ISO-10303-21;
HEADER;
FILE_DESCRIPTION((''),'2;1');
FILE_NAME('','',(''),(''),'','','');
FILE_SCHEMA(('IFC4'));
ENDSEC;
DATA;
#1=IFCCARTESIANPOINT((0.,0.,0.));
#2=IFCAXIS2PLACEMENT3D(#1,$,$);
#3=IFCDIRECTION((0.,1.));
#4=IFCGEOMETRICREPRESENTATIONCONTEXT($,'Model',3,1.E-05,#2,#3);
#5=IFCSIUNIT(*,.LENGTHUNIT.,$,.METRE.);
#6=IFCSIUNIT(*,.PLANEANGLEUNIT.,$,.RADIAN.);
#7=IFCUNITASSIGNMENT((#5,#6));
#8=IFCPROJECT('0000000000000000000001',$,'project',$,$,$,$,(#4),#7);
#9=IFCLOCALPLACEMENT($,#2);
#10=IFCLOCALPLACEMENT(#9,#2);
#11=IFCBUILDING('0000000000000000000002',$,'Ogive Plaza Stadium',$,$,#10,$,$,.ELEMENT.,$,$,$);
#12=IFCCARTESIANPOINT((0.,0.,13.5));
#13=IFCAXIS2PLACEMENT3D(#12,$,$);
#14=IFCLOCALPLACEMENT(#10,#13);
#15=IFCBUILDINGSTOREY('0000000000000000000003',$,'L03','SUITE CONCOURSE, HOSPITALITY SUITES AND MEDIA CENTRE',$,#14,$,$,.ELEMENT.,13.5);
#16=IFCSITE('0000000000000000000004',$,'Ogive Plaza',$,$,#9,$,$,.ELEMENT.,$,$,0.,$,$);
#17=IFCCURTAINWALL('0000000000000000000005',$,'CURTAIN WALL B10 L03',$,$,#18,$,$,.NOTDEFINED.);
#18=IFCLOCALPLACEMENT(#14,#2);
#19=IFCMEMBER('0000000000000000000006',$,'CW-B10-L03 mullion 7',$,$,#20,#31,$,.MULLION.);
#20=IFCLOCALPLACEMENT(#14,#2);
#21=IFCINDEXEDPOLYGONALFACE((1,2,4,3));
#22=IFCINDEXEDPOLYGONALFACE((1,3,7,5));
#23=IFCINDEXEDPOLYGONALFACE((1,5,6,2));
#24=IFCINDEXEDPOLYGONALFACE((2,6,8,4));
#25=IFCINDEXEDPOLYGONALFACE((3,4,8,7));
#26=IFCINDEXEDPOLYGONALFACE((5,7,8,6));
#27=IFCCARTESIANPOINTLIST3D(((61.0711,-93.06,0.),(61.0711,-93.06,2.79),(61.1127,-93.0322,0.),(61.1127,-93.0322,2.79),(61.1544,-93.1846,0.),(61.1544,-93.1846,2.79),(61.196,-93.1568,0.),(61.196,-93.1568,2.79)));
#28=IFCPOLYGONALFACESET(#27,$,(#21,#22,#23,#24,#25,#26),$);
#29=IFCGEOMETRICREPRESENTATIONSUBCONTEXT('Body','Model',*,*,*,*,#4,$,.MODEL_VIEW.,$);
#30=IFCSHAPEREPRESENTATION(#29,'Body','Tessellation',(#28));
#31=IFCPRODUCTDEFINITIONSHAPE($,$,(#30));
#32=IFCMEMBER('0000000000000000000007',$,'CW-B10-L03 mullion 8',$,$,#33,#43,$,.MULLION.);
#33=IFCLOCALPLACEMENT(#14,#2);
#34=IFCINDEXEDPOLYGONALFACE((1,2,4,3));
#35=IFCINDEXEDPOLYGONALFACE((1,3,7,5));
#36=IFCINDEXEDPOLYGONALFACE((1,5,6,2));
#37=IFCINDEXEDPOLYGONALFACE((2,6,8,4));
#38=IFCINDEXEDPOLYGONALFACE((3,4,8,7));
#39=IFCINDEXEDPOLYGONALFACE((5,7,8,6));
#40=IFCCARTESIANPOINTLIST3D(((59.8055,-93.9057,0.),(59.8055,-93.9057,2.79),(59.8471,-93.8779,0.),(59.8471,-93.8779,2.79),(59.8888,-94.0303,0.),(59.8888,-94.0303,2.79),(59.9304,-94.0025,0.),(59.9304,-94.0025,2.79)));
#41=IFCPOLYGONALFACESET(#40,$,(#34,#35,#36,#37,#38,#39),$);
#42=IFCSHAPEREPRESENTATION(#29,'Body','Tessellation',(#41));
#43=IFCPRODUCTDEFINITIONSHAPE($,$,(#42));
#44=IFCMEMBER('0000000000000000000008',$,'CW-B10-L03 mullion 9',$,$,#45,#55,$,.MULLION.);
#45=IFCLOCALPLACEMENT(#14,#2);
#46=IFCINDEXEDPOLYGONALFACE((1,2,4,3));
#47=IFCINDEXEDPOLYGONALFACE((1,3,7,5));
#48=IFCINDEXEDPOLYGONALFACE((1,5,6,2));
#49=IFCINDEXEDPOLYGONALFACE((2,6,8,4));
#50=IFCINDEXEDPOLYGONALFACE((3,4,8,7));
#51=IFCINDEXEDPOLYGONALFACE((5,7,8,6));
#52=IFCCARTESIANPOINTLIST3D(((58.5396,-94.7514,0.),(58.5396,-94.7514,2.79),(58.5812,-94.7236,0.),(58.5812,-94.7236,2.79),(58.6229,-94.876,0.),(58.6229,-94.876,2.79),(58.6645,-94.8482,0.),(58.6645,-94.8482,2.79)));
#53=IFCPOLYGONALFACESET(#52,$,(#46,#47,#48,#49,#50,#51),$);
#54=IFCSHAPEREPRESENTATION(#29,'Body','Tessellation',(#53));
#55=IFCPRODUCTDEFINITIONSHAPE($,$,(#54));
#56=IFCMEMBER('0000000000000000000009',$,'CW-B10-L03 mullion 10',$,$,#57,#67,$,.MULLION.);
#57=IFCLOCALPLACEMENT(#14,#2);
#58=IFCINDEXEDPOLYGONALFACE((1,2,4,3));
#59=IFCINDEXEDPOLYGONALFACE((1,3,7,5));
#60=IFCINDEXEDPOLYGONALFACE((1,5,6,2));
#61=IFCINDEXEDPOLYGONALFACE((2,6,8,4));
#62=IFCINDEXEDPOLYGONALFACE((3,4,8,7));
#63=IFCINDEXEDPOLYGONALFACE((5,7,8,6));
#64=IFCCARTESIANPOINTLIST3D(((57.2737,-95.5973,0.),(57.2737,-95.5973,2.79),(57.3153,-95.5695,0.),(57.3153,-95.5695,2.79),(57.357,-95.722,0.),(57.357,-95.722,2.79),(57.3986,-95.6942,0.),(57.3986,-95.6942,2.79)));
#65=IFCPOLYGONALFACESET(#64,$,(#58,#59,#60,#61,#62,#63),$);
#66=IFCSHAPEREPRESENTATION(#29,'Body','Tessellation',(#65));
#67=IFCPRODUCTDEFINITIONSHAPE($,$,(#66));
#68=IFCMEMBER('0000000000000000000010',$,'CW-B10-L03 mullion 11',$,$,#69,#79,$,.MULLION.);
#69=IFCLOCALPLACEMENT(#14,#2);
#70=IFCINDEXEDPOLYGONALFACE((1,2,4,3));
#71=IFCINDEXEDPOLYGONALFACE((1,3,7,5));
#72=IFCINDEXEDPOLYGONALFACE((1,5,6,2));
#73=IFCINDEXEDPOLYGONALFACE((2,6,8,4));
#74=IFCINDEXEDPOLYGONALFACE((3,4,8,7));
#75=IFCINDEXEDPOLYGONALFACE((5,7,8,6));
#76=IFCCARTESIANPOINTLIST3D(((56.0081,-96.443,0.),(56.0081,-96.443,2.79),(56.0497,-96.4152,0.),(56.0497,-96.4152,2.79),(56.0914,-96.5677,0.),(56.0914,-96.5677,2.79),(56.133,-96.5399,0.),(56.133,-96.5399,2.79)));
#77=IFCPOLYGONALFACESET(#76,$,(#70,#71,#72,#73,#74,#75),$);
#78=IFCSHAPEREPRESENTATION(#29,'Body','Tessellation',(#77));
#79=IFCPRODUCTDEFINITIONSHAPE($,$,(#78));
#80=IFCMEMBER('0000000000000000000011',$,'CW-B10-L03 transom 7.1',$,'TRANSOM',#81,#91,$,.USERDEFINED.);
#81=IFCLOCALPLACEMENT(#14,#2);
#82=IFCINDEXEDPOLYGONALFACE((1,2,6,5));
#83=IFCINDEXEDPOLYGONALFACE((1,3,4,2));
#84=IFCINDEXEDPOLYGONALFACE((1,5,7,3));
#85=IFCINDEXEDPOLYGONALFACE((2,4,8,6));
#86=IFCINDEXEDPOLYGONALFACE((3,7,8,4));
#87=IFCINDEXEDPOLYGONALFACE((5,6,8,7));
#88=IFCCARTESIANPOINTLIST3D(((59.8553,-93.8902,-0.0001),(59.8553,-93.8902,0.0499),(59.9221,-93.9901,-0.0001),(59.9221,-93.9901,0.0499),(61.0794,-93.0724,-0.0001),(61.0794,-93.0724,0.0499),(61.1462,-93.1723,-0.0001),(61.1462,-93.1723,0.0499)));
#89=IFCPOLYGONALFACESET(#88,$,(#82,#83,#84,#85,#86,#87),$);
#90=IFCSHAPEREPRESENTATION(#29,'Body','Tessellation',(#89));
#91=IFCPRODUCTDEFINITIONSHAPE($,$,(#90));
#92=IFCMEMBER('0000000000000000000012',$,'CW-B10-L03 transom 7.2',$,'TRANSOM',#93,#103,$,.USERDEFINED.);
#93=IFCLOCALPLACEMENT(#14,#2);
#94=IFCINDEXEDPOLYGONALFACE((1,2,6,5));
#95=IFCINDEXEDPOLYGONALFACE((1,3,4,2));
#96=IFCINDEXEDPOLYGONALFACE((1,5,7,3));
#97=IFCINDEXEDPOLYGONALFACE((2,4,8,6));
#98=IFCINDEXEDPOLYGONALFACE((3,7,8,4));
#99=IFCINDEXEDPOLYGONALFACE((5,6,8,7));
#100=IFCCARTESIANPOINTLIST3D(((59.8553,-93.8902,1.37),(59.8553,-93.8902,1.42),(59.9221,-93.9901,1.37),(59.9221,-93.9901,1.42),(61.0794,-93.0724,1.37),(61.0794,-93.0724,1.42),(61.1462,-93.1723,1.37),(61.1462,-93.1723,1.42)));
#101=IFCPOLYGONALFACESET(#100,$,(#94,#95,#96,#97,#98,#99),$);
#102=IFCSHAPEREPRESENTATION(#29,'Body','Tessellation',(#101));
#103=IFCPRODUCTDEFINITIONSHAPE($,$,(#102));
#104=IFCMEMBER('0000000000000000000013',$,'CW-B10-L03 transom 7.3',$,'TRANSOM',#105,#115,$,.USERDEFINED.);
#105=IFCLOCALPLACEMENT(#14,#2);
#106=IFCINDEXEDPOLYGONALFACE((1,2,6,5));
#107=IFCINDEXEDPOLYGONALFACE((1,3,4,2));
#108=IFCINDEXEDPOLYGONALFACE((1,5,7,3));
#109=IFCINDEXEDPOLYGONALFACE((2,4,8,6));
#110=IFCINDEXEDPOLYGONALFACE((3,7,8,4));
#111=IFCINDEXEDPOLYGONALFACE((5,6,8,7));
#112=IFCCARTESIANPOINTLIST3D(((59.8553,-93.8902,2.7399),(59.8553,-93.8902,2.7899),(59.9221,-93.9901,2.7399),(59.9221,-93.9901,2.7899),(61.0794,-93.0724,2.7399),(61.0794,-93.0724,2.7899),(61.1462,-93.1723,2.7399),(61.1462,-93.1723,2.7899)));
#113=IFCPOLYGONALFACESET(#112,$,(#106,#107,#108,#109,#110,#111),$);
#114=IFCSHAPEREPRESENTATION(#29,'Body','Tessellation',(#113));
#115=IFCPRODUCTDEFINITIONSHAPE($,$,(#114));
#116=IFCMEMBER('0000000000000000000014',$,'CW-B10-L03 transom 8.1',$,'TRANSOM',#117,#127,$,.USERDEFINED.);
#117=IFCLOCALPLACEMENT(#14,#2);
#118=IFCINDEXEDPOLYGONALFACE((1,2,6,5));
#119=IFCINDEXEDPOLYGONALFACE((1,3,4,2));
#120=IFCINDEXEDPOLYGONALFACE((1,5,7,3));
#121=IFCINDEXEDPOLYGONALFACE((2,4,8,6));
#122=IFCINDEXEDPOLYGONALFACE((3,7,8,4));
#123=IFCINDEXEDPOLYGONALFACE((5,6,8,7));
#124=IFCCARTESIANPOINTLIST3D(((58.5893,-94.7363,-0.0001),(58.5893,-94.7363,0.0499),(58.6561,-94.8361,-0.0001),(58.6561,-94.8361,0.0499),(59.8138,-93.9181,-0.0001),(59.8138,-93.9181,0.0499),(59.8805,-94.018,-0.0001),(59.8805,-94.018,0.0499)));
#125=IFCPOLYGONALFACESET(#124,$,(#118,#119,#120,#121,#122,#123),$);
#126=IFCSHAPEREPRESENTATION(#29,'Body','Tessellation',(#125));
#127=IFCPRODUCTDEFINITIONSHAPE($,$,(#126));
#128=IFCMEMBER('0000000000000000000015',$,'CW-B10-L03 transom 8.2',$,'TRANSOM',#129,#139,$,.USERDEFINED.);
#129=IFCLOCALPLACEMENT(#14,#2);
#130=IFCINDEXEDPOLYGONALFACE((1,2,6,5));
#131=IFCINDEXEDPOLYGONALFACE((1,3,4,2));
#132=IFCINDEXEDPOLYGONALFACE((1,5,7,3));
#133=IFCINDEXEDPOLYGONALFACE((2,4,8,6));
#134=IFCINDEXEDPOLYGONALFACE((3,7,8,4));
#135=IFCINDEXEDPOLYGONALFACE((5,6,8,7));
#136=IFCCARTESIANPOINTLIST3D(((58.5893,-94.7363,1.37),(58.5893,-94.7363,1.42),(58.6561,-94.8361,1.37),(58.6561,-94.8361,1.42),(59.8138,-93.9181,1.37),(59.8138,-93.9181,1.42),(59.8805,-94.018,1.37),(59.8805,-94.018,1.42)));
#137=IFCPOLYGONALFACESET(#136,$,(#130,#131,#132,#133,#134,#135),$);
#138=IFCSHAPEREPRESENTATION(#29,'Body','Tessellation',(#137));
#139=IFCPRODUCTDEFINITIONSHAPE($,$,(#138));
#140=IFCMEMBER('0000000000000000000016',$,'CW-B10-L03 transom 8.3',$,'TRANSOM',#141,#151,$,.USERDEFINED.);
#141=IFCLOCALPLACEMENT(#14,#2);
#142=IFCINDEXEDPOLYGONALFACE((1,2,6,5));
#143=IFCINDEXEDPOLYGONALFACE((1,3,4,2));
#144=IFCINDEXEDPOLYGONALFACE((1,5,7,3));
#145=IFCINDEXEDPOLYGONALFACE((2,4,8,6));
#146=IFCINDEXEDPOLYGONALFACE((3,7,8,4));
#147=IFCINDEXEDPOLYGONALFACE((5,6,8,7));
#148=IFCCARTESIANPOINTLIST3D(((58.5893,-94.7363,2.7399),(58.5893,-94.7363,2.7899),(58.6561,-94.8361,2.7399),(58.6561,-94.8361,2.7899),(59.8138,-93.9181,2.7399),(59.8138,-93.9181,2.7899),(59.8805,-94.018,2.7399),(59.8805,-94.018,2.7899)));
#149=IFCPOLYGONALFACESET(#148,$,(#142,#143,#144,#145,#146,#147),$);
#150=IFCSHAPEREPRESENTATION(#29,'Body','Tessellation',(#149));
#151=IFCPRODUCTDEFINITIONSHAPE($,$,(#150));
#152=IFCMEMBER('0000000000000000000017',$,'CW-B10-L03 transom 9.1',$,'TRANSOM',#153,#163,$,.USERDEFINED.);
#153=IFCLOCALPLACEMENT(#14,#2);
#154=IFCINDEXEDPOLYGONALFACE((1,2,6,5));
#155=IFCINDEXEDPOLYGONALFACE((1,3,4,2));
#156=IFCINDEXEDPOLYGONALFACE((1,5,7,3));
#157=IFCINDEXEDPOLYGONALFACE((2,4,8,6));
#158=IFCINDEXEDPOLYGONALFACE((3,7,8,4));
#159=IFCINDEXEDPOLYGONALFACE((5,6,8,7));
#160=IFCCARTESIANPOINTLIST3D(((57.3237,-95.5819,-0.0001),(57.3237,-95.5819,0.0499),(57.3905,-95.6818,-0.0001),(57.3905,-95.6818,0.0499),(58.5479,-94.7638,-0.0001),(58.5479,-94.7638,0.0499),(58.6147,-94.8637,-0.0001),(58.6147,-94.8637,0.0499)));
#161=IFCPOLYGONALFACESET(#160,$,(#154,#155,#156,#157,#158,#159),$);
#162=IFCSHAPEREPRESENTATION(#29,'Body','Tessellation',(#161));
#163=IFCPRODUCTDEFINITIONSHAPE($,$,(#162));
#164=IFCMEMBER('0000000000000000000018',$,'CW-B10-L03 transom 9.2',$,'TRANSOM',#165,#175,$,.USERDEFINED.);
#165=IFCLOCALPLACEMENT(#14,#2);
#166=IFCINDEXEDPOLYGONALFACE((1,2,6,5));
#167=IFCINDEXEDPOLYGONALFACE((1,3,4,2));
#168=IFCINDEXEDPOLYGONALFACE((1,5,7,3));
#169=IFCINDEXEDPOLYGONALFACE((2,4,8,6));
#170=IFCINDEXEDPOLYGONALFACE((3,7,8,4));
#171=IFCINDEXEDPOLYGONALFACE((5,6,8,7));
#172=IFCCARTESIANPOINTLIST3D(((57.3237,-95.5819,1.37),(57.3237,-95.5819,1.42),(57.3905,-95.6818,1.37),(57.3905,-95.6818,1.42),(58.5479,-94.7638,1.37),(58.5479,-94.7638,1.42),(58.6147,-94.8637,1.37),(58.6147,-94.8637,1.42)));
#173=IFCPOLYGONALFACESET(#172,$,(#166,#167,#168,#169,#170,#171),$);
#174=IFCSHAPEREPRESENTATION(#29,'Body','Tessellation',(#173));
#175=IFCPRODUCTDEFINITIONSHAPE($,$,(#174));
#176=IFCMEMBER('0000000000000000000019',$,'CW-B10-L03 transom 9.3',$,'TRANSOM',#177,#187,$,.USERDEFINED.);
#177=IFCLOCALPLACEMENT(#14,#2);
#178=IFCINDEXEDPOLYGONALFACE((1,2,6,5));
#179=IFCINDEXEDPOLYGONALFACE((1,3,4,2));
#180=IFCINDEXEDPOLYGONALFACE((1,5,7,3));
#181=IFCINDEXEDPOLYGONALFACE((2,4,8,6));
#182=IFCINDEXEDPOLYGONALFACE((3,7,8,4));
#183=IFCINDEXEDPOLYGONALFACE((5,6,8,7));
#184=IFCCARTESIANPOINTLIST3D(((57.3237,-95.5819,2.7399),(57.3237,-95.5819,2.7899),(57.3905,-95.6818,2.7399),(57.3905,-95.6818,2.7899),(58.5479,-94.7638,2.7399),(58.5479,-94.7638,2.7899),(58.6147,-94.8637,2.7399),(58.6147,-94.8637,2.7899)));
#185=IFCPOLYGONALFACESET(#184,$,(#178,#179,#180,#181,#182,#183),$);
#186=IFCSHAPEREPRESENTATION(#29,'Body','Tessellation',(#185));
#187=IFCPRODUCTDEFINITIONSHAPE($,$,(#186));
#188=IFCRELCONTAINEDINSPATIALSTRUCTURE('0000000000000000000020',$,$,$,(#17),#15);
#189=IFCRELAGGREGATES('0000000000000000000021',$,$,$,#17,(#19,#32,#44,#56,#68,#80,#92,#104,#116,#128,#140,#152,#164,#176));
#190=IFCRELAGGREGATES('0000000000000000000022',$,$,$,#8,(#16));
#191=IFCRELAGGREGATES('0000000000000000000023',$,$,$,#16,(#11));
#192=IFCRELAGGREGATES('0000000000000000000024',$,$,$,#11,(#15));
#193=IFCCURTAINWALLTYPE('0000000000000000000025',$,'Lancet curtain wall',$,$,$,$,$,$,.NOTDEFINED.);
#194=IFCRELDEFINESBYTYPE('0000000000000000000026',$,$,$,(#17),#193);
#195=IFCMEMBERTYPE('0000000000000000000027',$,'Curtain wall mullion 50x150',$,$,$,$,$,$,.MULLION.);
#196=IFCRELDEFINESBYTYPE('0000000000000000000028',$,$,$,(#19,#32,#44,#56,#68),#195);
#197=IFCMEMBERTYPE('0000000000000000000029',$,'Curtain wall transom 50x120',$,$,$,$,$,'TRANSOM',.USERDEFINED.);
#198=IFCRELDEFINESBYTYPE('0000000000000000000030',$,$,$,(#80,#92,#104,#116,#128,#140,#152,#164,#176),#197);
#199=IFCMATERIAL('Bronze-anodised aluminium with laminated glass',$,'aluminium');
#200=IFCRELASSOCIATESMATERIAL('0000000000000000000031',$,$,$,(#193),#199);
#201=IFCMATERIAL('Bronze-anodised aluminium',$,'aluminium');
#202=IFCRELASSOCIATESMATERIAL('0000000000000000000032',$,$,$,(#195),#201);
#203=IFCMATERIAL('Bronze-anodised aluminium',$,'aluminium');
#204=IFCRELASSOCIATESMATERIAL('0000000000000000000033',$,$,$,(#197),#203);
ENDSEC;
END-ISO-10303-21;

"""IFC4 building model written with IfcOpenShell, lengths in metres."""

from ifc_helpers import new_model, si_unit, direction, frame, origin, origin_2d, place, context, subcontext, project, spatial, rectangle, extrude, material, material_profile, profile_set, type_object, element, aggregate, save


model = new_model("IFC4")

# Units and contexts
model_context = context("Model", 3, precision=1e-05, world=origin(), true_north=direction((0.0, 1.0)))
body_context = subcontext(model_context, "Body", "Model", "MODEL_VIEW")
ifc_project = project(units=[si_unit("LENGTHUNIT", "METRE"), si_unit("PLANEANGLEUNIT", "RADIAN")], contexts=[model_context])

# Site, building, storey
site_placement = place(None, origin())
site = spatial("IfcSite", under=ifc_project, at=site_placement, Name="Ogive Plaza", CompositionType="ELEMENT", RefElevation=0.0)
building_placement = place(site_placement, origin())
building = spatial("IfcBuilding", under=site, at=building_placement, Name="Ogive Plaza Stadium", CompositionType="ELEMENT")
storey_placement = place(building_placement, frame((0.0, 0.0, 13.5)))
storey = spatial("IfcBuildingStorey", under=building, at=storey_placement, Name="L03", Description="SUITE CONCOURSE, HOSPITALITY SUITES AND MEDIA CENTRE", CompositionType="ELEMENT", Elevation=13.5)

# Curtain wall, members
ifc_material_1 = material(Name="Bronze-anodised aluminium with laminated glass", Category="aluminium")
curtain_wall_type = type_object("IfcCurtainWallType", Name="Lancet curtain wall", PredefinedType="NOTDEFINED", material=ifc_material_1)
curtain_wall_placement = place(storey_placement, origin())
curtain_wall = element("IfcCurtainWall", 1, at=curtain_wall_placement, inside=storey, type_object=curtain_wall_type, Name="CURTAIN WALL B10 L03", PredefinedType="NOTDEFINED")
ifc_material_2 = material(Name="Bronze-anodised aluminium", Category="aluminium")
ifc_material_profile_1 = material_profile(ifc_material_2, rectangle(XDim=0.1499, YDim=0.05, at=origin_2d()), Name="AL 150x50")
ifc_profile_set_1 = profile_set([ifc_material_profile_1], Name="Bronze-anodised aluminium")
member_type_1 = type_object("IfcMemberType", Name="Curtain wall mullion 50x150", PredefinedType="MULLION", material=ifc_profile_set_1)
member_1_placement = place(storey_placement, frame((61.1335, -93.1084, 0.0), z_axis=(0.0, 0.0, 1.0), x_axis=(0.55557, -0.83147, 0.0)))
member_1 = element("IfcMember", 2, at=member_1_placement, type_object=member_type_1, Name="CW-B10-L03 mullion 7", PredefinedType="MULLION", context=body_context, shape_type="SweptSolid", body=[
    extrude(rectangle(XDim=0.1499, YDim=0.05, at=origin_2d()), origin(), (0.0, 0.0, 1.0), 2.79),
])
member_2_placement = place(storey_placement, frame((59.8679, -93.9541, 0.0), z_axis=(0.0, 0.0, 1.0), x_axis=(0.55557, -0.83147, 0.0)))
member_2 = element("IfcMember", 3, at=member_2_placement, type_object=member_type_1, Name="CW-B10-L03 mullion 8", PredefinedType="MULLION", context=body_context, shape_type="SweptSolid", body=[
    extrude(rectangle(XDim=0.1499, YDim=0.05, at=origin_2d()), origin(), (0.0, 0.0, 1.0), 2.79),
])
member_3_placement = place(storey_placement, frame((58.6021, -94.7998, 0.0), z_axis=(0.0, 0.0, 1.0), x_axis=(0.55557, -0.83147, 0.0)))
member_3 = element("IfcMember", 4, at=member_3_placement, type_object=member_type_1, Name="CW-B10-L03 mullion 9", PredefinedType="MULLION", context=body_context, shape_type="SweptSolid", body=[
    extrude(rectangle(XDim=0.1499, YDim=0.05, at=origin_2d()), origin(), (0.0, 0.0, 1.0), 2.79),
])
member_4_placement = place(storey_placement, frame((57.3362, -95.6458, 0.0), z_axis=(0.0, 0.0, 1.0), x_axis=(0.55557, -0.83147, 0.0)))
member_4 = element("IfcMember", 5, at=member_4_placement, type_object=member_type_1, Name="CW-B10-L03 mullion 10", PredefinedType="MULLION", context=body_context, shape_type="SweptSolid", body=[
    extrude(rectangle(XDim=0.1499, YDim=0.05, at=origin_2d()), origin(), (0.0, 0.0, 1.0), 2.79),
])
member_5_placement = place(storey_placement, frame((56.0706, -96.4915, 0.0), z_axis=(0.0, 0.0, 1.0), x_axis=(0.55557, -0.83147, 0.0)))
member_5 = element("IfcMember", 6, at=member_5_placement, type_object=member_type_1, Name="CW-B10-L03 mullion 11", PredefinedType="MULLION", context=body_context, shape_type="SweptSolid", body=[
    extrude(rectangle(XDim=0.1499, YDim=0.05, at=origin_2d()), origin(), (0.0, 0.0, 1.0), 2.79),
])
ifc_material_3 = material(Name="Bronze-anodised aluminium", Category="aluminium")
ifc_material_profile_2 = material_profile(ifc_material_3, rectangle(XDim=0.1201, YDim=0.05, at=origin_2d()), Name="AL 120x50")
ifc_profile_set_2 = profile_set([ifc_material_profile_2], Name="Bronze-anodised aluminium")
member_type_2 = type_object("IfcMemberType", Name="Curtain wall transom 50x120", ElementType="TRANSOM", PredefinedType="USERDEFINED", material=ifc_profile_set_2)
member_6_placement = place(storey_placement, frame((61.1128, -93.1223, 0.0249), z_axis=(-0.831489, -0.555542, 0.0), x_axis=(0.555542, -0.831489, 0.0)))
member_6 = element("IfcMember", 7, at=member_6_placement, type_object=member_type_2, Name="CW-B10-L03 transom 7.1", ObjectType="TRANSOM", PredefinedType="USERDEFINED", context=body_context, shape_type="SweptSolid", body=[
    extrude(rectangle(XDim=0.1201, YDim=0.05, at=origin_2d()), origin(), (0.0, 0.0, 1.0), 1.4722),
])
member_7_placement = place(storey_placement, frame((61.1128, -93.1223, 1.395), z_axis=(-0.831489, -0.555542, 0.0), x_axis=(0.555542, -0.831489, 0.0)))
member_7 = element("IfcMember", 8, at=member_7_placement, type_object=member_type_2, Name="CW-B10-L03 transom 7.2", ObjectType="TRANSOM", PredefinedType="USERDEFINED", context=body_context, shape_type="SweptSolid", body=[
    extrude(rectangle(XDim=0.1201, YDim=0.05, at=origin_2d()), origin(), (0.0, 0.0, 1.0), 1.4722),
])
member_8_placement = place(storey_placement, frame((61.1128, -93.1223, 2.7649), z_axis=(-0.831489, -0.555542, 0.0), x_axis=(0.555542, -0.831489, 0.0)))
member_8 = element("IfcMember", 9, at=member_8_placement, type_object=member_type_2, Name="CW-B10-L03 transom 7.3", ObjectType="TRANSOM", PredefinedType="USERDEFINED", context=body_context, shape_type="SweptSolid", body=[
    extrude(rectangle(XDim=0.1201, YDim=0.05, at=origin_2d()), origin(), (0.0, 0.0, 1.0), 1.4722),
])
member_9_placement = place(storey_placement, frame((59.8472, -93.968, 0.0249), z_axis=(-0.831463, -0.55558, 0.0), x_axis=(0.55558, -0.831463, 0.0)))
member_9 = element("IfcMember", 10, at=member_9_placement, type_object=member_type_2, Name="CW-B10-L03 transom 8.1", ObjectType="TRANSOM", PredefinedType="USERDEFINED", context=body_context, shape_type="SweptSolid", body=[
    extrude(rectangle(XDim=0.1201, YDim=0.05, at=origin_2d()), origin(), (0.0, 0.0, 1.0), 1.4727),
])
member_10_placement = place(storey_placement, frame((59.8472, -93.968, 1.395), z_axis=(-0.831463, -0.55558, 0.0), x_axis=(0.55558, -0.831463, 0.0)))
member_10 = element("IfcMember", 11, at=member_10_placement, type_object=member_type_2, Name="CW-B10-L03 transom 8.2", ObjectType="TRANSOM", PredefinedType="USERDEFINED", context=body_context, shape_type="SweptSolid", body=[
    extrude(rectangle(XDim=0.1201, YDim=0.05, at=origin_2d()), origin(), (0.0, 0.0, 1.0), 1.4727),
])
member_11_placement = place(storey_placement, frame((59.8472, -93.968, 2.7649), z_axis=(-0.831463, -0.55558, 0.0), x_axis=(0.55558, -0.831463, 0.0)))
member_11 = element("IfcMember", 12, at=member_11_placement, type_object=member_type_2, Name="CW-B10-L03 transom 8.3", ObjectType="TRANSOM", PredefinedType="USERDEFINED", context=body_context, shape_type="SweptSolid", body=[
    extrude(rectangle(XDim=0.1201, YDim=0.05, at=origin_2d()), origin(), (0.0, 0.0, 1.0), 1.4727),
])
member_12_placement = place(storey_placement, frame((58.5813, -94.8137, 0.0249), z_axis=(-0.831412, -0.555656, 0.0), x_axis=(0.555656, -0.831412, 0.0)))
member_12 = element("IfcMember", 13, at=member_12_placement, type_object=member_type_2, Name="CW-B10-L03 transom 9.1", ObjectType="TRANSOM", PredefinedType="USERDEFINED", context=body_context, shape_type="SweptSolid", body=[
    extrude(rectangle(XDim=0.1201, YDim=0.05, at=origin_2d()), origin(), (0.0, 0.0, 1.0), 1.4724),
])
member_13_placement = place(storey_placement, frame((58.5813, -94.8137, 1.395), z_axis=(-0.831412, -0.555656, 0.0), x_axis=(0.555656, -0.831412, 0.0)))
member_13 = element("IfcMember", 14, at=member_13_placement, type_object=member_type_2, Name="CW-B10-L03 transom 9.2", ObjectType="TRANSOM", PredefinedType="USERDEFINED", context=body_context, shape_type="SweptSolid", body=[
    extrude(rectangle(XDim=0.1201, YDim=0.05, at=origin_2d()), origin(), (0.0, 0.0, 1.0), 1.4724),
])
member_14_placement = place(storey_placement, frame((58.5813, -94.8137, 2.7649), z_axis=(-0.831412, -0.555656, 0.0), x_axis=(0.555656, -0.831412, 0.0)))
member_14 = element("IfcMember", 15, at=member_14_placement, type_object=member_type_2, Name="CW-B10-L03 transom 9.3", ObjectType="TRANSOM", PredefinedType="USERDEFINED", context=body_context, shape_type="SweptSolid", body=[
    extrude(rectangle(XDim=0.1201, YDim=0.05, at=origin_2d()), origin(), (0.0, 0.0, 1.0), 1.4724),
])
aggregate(curtain_wall, [member_1, member_2, member_3, member_4, member_5, member_6, member_7, member_8, member_9, member_10, member_11, member_12, member_13, member_14])

save(model, "model.ifc")
